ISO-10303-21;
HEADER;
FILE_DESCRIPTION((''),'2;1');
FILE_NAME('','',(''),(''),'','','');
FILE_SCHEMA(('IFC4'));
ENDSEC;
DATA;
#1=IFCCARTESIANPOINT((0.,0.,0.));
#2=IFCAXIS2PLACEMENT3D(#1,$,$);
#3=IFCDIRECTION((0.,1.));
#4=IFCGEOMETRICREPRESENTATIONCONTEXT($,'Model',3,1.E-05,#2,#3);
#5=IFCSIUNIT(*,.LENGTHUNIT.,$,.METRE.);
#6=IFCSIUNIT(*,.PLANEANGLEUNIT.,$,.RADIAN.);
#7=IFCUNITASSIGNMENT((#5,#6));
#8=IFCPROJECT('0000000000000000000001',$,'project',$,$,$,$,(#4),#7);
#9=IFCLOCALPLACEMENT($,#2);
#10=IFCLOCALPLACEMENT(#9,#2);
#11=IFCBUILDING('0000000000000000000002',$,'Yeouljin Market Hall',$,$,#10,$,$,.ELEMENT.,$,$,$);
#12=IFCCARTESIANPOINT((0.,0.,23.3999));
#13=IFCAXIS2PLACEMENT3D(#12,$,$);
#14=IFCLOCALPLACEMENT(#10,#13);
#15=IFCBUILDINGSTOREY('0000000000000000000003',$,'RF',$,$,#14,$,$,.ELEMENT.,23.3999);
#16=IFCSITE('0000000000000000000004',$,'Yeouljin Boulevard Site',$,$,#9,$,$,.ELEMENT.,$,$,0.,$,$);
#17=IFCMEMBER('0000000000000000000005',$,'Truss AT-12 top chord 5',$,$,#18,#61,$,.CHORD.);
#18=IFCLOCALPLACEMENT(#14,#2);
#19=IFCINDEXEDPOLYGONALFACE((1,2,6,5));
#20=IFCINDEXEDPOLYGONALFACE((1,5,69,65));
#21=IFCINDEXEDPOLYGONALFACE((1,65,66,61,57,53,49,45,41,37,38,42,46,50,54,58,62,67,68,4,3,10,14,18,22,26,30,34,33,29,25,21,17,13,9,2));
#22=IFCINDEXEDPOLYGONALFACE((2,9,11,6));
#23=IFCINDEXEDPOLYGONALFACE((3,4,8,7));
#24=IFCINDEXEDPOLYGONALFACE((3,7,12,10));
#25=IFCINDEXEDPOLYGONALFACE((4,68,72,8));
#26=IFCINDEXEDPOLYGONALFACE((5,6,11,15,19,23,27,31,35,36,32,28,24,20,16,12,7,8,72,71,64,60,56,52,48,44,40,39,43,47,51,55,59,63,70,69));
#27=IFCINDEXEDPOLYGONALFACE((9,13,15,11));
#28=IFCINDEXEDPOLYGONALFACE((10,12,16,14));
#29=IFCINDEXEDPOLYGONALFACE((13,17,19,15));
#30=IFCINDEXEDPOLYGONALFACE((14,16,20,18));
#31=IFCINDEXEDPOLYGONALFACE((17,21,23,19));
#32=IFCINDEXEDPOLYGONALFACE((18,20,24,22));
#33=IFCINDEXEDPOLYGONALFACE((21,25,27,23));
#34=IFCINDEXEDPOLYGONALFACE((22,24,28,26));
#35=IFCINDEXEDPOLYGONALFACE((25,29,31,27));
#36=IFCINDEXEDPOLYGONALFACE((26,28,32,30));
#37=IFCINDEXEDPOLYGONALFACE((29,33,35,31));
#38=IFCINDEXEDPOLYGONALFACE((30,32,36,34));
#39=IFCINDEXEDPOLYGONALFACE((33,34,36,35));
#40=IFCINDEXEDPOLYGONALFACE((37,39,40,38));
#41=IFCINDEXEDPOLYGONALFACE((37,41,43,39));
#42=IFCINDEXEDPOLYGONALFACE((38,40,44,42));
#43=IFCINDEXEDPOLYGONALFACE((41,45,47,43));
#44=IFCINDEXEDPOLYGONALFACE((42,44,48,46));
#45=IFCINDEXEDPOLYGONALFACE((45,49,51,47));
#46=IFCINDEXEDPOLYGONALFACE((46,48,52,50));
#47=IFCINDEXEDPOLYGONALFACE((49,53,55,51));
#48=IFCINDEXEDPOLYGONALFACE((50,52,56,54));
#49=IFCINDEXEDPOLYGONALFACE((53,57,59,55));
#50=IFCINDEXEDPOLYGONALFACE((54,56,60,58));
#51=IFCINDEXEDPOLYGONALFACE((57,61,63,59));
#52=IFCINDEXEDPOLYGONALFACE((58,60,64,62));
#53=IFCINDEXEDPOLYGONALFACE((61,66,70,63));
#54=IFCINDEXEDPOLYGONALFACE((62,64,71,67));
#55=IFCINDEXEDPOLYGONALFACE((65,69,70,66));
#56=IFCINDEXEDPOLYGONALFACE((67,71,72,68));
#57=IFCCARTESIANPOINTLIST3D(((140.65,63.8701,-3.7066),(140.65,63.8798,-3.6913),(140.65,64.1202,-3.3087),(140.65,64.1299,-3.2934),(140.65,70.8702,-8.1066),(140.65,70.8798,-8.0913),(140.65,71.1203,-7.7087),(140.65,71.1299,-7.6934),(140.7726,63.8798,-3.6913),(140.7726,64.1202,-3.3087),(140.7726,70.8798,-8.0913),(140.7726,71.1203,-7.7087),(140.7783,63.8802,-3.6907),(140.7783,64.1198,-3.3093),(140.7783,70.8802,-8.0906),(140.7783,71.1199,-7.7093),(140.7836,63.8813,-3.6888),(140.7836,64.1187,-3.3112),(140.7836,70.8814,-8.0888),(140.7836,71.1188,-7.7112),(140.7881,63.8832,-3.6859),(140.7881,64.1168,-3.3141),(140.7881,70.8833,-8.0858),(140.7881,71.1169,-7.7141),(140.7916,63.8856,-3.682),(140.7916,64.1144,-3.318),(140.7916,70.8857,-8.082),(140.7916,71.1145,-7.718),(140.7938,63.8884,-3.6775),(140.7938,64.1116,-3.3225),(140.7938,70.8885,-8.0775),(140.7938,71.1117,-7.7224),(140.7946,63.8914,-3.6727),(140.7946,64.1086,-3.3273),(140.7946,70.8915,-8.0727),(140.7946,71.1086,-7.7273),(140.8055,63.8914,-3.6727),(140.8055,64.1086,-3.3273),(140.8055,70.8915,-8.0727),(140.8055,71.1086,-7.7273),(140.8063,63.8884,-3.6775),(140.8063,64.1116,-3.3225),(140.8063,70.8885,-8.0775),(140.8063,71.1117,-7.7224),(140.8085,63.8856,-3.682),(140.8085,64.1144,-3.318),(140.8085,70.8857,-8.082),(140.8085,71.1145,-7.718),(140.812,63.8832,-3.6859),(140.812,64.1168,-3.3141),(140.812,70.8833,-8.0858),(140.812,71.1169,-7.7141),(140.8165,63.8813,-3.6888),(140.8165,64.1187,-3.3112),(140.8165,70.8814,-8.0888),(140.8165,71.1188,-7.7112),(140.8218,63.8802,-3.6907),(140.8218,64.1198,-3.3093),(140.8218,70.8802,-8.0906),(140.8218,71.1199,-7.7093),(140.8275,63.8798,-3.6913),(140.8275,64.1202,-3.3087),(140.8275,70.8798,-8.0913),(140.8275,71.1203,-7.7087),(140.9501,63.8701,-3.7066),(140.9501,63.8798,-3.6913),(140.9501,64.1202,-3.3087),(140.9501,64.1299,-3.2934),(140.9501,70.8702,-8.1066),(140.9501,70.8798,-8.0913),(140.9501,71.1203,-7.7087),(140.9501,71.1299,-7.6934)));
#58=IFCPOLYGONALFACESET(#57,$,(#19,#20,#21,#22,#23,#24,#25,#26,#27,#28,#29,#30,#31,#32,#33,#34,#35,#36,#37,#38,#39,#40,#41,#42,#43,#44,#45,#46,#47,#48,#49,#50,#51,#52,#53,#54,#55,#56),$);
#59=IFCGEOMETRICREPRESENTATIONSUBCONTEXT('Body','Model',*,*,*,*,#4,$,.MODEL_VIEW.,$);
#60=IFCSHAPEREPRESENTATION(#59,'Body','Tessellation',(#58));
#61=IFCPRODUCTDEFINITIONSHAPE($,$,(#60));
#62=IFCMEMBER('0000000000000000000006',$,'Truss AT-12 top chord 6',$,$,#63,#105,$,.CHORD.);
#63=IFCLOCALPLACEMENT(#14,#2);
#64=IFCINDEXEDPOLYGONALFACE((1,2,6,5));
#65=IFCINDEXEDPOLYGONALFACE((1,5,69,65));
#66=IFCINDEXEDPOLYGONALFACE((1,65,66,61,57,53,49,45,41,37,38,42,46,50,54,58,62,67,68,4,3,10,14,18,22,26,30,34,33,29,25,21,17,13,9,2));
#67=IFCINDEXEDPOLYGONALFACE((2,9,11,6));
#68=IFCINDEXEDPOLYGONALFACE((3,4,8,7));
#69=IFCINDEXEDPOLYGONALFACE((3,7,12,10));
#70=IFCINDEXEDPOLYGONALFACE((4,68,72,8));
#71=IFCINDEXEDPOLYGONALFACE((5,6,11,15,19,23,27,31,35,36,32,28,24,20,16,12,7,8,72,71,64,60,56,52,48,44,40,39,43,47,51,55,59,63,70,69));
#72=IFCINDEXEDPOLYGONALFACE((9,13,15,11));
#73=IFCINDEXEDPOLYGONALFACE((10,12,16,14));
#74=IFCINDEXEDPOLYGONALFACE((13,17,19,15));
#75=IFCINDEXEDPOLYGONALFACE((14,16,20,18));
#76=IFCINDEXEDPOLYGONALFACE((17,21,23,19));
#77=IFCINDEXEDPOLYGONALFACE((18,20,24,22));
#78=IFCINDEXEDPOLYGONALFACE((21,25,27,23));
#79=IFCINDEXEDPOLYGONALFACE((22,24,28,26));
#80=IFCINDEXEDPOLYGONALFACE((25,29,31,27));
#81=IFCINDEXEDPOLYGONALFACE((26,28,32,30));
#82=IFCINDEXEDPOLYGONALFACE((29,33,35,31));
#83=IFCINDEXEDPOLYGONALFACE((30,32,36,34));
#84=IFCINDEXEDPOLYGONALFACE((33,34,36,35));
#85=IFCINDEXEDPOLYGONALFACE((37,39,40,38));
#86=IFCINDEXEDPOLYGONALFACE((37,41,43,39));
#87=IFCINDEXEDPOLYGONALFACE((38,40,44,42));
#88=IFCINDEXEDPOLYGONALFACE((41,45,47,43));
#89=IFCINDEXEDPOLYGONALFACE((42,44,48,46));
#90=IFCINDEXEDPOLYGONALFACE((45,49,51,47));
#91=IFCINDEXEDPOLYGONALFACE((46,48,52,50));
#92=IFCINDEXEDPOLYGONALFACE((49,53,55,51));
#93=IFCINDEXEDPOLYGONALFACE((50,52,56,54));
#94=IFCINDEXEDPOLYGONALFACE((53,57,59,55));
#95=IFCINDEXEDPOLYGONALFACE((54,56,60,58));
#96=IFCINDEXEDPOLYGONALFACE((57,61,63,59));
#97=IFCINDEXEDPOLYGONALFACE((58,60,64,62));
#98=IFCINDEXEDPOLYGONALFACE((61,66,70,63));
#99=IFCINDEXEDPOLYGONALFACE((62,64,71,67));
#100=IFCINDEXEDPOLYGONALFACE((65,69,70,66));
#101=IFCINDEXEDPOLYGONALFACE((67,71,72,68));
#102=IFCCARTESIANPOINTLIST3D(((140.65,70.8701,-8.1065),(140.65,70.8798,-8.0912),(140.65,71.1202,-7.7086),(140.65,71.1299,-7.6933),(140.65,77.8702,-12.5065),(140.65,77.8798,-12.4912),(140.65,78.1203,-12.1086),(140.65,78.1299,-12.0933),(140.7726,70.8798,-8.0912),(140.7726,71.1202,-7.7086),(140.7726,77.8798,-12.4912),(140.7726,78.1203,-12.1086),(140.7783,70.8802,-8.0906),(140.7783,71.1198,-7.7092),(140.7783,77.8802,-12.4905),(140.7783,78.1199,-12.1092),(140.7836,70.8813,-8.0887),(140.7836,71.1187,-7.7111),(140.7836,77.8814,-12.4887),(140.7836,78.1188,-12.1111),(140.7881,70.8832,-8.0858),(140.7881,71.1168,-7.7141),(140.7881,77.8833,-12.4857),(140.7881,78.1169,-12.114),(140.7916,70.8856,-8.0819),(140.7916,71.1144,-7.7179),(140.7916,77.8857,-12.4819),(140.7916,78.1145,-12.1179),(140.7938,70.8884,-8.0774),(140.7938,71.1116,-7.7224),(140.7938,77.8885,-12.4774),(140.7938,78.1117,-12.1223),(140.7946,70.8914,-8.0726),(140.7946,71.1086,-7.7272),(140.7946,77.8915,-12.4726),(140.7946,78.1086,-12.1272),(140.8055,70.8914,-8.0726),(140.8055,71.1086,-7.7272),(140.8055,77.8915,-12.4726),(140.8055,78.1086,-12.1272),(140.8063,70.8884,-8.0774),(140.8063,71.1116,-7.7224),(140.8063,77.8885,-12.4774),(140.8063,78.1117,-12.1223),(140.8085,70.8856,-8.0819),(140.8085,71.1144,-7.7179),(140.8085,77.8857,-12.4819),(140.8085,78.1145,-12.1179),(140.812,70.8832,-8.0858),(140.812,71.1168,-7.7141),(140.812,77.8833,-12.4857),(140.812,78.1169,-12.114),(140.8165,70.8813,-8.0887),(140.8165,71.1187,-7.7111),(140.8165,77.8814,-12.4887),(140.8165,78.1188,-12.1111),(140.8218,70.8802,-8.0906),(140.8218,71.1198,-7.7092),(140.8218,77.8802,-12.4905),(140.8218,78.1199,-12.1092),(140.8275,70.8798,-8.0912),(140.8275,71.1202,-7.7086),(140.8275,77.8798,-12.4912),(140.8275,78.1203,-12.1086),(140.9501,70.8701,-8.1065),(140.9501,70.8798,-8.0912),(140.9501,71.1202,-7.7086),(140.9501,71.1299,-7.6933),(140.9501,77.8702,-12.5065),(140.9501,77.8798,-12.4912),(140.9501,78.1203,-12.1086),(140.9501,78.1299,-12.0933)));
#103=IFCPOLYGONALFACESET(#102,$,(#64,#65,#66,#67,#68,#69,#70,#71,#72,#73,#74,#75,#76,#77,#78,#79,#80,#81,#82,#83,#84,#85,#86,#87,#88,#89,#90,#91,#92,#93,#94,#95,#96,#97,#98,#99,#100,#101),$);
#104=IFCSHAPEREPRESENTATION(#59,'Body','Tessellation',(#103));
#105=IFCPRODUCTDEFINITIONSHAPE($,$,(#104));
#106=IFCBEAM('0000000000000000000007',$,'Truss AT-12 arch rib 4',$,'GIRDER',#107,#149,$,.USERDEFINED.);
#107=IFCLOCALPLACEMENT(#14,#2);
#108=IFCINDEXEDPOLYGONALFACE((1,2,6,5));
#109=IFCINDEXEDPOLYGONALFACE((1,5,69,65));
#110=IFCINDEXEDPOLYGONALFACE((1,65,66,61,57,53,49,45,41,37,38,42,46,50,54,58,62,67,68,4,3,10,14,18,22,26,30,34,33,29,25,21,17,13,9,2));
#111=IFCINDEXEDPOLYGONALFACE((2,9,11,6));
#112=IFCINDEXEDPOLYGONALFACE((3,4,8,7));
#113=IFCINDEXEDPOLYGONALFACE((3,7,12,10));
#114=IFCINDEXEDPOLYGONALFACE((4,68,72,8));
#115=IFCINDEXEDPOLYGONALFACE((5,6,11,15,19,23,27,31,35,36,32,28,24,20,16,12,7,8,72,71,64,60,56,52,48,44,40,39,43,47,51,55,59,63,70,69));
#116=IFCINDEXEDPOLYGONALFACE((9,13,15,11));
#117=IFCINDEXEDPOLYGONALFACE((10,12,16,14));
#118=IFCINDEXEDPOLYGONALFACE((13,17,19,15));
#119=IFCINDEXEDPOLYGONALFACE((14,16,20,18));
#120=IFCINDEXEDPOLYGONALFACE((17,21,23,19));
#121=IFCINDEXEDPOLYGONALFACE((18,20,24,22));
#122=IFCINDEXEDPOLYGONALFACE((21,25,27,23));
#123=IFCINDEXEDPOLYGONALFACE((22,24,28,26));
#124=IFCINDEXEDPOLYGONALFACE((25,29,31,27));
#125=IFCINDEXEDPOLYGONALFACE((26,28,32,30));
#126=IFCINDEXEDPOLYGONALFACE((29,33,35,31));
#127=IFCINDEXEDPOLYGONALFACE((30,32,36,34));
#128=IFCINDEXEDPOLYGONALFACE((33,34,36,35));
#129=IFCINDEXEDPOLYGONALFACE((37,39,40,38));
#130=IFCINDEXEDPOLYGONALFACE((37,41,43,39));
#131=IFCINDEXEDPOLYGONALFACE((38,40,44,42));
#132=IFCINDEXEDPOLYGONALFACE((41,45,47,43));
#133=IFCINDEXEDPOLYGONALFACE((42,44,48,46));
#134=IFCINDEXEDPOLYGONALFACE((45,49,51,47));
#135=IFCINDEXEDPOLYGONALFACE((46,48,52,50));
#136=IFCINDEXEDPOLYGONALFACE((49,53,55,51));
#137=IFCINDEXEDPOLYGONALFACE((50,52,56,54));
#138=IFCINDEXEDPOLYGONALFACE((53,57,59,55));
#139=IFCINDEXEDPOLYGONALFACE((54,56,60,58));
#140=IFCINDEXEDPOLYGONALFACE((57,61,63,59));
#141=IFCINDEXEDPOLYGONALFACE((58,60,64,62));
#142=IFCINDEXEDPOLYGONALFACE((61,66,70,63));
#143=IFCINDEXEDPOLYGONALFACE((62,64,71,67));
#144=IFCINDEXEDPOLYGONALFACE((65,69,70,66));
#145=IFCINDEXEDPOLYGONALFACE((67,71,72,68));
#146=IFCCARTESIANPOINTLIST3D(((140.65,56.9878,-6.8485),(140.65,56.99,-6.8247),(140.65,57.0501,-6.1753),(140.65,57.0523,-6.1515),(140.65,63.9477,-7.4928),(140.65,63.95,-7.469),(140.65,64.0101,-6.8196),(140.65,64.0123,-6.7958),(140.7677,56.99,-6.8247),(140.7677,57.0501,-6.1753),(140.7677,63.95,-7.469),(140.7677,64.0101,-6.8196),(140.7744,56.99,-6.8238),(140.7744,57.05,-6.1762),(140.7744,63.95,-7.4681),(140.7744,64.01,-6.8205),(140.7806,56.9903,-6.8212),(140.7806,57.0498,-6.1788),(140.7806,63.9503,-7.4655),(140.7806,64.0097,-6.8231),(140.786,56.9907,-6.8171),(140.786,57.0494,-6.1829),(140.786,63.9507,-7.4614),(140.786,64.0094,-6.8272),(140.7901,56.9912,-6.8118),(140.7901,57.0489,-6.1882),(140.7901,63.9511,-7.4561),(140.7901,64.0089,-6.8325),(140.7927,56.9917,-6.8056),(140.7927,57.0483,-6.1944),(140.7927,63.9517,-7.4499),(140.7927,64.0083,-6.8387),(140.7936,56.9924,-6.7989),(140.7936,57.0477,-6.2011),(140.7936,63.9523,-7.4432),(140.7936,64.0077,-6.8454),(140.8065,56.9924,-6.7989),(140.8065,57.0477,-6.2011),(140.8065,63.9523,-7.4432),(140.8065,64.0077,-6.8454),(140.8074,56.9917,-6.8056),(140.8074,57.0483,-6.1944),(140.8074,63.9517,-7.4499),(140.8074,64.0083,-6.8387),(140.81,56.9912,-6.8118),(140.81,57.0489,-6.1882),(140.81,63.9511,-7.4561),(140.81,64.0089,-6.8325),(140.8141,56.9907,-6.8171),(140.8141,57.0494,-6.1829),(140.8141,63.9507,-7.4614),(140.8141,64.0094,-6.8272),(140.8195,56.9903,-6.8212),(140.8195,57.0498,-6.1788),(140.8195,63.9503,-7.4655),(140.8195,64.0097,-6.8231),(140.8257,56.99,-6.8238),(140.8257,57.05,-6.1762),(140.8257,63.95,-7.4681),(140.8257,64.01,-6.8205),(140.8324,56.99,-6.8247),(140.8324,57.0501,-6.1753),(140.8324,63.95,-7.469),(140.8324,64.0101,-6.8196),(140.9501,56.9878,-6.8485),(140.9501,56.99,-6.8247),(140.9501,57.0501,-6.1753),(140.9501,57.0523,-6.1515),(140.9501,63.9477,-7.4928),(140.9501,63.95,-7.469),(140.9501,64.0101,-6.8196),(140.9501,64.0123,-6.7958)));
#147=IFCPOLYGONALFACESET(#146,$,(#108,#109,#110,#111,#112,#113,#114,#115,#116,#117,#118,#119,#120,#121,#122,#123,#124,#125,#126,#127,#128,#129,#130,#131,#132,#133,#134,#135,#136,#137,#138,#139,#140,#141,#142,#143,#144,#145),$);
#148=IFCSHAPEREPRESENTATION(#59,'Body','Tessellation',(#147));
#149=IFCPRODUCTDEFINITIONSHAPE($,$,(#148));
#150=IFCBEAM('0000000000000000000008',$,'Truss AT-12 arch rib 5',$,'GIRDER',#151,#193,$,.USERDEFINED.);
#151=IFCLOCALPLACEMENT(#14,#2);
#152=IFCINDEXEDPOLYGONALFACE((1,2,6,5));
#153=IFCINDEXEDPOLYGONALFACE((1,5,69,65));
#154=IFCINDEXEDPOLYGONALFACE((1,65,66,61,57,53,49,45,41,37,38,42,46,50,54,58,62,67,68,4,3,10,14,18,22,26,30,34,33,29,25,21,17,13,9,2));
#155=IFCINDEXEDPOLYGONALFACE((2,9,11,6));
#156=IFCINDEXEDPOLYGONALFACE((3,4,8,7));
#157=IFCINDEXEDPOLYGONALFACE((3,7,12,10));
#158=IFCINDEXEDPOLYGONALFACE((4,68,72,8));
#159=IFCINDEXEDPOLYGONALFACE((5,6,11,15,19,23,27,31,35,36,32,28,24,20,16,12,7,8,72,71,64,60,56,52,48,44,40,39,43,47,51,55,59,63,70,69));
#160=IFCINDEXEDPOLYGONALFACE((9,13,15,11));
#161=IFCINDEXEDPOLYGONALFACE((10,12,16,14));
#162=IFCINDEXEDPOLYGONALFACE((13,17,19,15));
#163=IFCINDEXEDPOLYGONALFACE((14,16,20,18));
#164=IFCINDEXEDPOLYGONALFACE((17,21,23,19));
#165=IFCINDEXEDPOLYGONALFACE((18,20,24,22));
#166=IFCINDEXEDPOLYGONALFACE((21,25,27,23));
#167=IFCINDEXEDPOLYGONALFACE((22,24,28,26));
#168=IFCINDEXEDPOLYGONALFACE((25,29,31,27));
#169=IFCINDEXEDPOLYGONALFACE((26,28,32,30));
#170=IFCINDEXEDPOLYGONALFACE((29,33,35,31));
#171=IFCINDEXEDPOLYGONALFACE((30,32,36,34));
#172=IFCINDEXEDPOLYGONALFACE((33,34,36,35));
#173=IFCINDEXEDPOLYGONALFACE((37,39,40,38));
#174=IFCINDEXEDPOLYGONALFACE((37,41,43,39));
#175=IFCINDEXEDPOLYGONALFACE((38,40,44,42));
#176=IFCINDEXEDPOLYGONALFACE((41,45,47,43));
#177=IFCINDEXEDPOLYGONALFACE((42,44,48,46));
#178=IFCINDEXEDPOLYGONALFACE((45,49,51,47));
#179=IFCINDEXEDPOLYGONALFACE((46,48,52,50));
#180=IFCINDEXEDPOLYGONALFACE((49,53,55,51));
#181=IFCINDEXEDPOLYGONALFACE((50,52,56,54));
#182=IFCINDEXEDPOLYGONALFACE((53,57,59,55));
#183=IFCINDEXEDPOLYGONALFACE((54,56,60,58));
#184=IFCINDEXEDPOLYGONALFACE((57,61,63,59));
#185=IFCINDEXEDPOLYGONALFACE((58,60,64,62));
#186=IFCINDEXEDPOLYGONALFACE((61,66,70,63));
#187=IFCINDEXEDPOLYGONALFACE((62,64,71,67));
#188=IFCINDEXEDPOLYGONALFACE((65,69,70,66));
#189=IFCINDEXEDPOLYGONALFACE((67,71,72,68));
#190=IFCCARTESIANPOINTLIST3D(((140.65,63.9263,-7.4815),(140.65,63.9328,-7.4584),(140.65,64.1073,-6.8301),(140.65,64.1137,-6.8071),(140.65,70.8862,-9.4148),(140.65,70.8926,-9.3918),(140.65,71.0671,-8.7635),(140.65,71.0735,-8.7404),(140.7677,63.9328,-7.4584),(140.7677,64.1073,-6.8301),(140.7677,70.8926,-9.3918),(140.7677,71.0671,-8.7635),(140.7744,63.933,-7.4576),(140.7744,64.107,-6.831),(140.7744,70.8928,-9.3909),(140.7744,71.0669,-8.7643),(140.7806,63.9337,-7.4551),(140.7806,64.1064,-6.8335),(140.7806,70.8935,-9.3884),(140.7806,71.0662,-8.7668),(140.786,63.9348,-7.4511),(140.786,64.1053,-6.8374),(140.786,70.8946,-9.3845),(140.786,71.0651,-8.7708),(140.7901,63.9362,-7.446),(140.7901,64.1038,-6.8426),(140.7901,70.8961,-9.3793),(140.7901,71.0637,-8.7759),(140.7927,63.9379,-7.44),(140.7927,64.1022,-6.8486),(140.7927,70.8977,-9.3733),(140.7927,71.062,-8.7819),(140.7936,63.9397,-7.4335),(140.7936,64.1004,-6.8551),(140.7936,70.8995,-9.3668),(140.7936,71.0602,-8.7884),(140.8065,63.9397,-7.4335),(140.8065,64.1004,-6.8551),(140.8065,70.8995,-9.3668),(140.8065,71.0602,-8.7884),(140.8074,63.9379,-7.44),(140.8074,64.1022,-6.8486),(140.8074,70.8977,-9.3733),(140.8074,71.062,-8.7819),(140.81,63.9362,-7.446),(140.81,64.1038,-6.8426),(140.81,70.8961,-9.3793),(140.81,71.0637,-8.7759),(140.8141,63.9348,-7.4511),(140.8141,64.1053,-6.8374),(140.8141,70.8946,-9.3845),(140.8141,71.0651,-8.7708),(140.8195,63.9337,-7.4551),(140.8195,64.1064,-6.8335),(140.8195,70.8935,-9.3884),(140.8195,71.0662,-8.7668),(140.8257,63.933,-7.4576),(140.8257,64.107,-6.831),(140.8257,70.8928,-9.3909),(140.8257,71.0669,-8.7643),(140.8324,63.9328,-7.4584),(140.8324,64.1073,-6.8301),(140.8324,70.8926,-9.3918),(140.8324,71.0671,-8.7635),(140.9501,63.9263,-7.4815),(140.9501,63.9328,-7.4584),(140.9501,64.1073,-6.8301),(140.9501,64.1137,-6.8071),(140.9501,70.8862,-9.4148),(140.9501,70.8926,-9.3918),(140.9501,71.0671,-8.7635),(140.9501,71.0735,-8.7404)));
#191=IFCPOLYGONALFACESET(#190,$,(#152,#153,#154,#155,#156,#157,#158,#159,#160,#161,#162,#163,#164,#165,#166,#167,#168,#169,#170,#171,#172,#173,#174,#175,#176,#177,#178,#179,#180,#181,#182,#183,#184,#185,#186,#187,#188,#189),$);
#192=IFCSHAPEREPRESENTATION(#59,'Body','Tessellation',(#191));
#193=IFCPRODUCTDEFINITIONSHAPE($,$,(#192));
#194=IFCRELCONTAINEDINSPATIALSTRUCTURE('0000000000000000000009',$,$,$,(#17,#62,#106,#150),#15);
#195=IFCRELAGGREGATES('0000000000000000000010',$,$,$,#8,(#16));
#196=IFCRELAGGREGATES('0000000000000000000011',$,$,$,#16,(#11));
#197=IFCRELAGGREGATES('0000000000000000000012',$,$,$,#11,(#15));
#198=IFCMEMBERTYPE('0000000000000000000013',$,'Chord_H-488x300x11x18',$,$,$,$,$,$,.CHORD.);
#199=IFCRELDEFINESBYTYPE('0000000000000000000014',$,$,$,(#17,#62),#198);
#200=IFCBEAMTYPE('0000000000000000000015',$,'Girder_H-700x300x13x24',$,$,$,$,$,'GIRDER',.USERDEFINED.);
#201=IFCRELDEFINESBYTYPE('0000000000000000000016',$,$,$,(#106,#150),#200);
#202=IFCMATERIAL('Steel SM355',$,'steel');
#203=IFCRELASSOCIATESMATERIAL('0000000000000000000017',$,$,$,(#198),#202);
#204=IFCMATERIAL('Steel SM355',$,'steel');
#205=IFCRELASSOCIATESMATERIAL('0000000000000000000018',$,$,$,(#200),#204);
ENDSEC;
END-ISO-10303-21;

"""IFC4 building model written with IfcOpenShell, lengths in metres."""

from ifc_helpers import new_model, si_unit, direction, frame, origin, origin_2d, place, context, subcontext, project, spatial, i_section, extrude, material, material_profile, profile_set, type_object, element, save


model = new_model("IFC4")

# Units and contexts
model_context = context("Model", 3, precision=1e-05, world=origin(), true_north=direction((0.0, 1.0)))
body_context = subcontext(model_context, "Body", "Model", "MODEL_VIEW")
ifc_project = project(units=[si_unit("LENGTHUNIT", "METRE"), si_unit("PLANEANGLEUNIT", "RADIAN")], contexts=[model_context])

# Site, building, storey
site_placement = place(None, origin())
site = spatial("IfcSite", under=ifc_project, at=site_placement, Name="Yeouljin Boulevard Site", CompositionType="ELEMENT", RefElevation=0.0)
building_placement = place(site_placement, origin())
building = spatial("IfcBuilding", under=site, at=building_placement, Name="Yeouljin Market Hall", CompositionType="ELEMENT")
storey_placement = place(building_placement, frame((0.0, 0.0, 23.3999)))
storey = spatial("IfcBuildingStorey", under=building, at=storey_placement, Name="RF", CompositionType="ELEMENT", Elevation=23.3999)

# Members
ifc_material_1 = material(Name="Steel SM355", Category="steel")
ifc_material_profile_1 = material_profile(ifc_material_1, i_section(OverallWidth=0.3, OverallDepth=0.488, WebThickness=0.011, FlangeThickness=0.0181, FilletRadius=0.022, at=origin_2d()), Name="H-488x300x11x18")
ifc_profile_set_1 = profile_set([ifc_material_profile_1], Name="Steel SM355")
member_type_1 = type_object("IfcMemberType", Name="Chord_H-488x300x11x18", PredefinedType="CHORD", material=ifc_profile_set_1)
for number, where, z_axis, x_axis, name in (
    (1, (140.8, 64.0, -3.5), (0.0, 0.846642, -0.532163), (-1.0, 0.0, 0.0), "Truss AT-12 top chord 5"),
    (2, (140.8, 71.0, -7.8999), (0.0, 0.846642, -0.532163), (-1.0, 0.0, 0.0), "Truss AT-12 top chord 6"),
):
    element("IfcMember", number, at=place(storey_placement, frame(where, z_axis=z_axis, x_axis=x_axis)), inside=storey, type_object=member_type_1, Name=name, PredefinedType="CHORD", context=body_context, shape_type="SweptSolid", body=[
        extrude(i_section(OverallWidth=0.3, OverallDepth=0.488, WebThickness=0.011, FlangeThickness=0.0181, FilletRadius=0.022, at=origin_2d()), origin(), (0.0, 0.0, 1.0), 8.2681),
    ])

# Beams
ifc_material_2 = material(Name="Steel SM355", Category="steel")
ifc_material_profile_2 = material_profile(ifc_material_2, i_section(OverallWidth=0.3, OverallDepth=0.7, WebThickness=0.0129, FlangeThickness=0.0239, FilletRadius=0.0259, at=origin_2d()), Name="H-700x300x13x24")
ifc_profile_set_2 = profile_set([ifc_material_profile_2], Name="Steel SM355")
beam_type = type_object("IfcBeamType", Name="Girder_H-700x300x13x24", ElementType="GIRDER", PredefinedType="USERDEFINED", material=ifc_profile_set_2)
beam_1_placement = place(storey_placement, frame((140.8, 57.02, -6.5), z_axis=(0.0, 0.995743, -0.092176), x_axis=(-1.0, 0.0, 0.0)))
element("IfcBeam", 3, at=beam_1_placement, inside=storey, type_object=beam_type, Name="Truss AT-12 arch rib 4", ObjectType="GIRDER", PredefinedType="USERDEFINED", context=body_context, shape_type="SweptSolid", body=[
    extrude(i_section(OverallWidth=0.3, OverallDepth=0.7, WebThickness=0.0129, FlangeThickness=0.0239, FilletRadius=0.0259, at=origin_2d()), origin(), (0.0, 0.0, 1.0), 6.9897),
])
beam_2_placement = place(storey_placement, frame((140.8, 64.02, -7.1443), z_axis=(0.0, 0.963517, -0.267647), x_axis=(-1.0, 0.0, 0.0)))
element("IfcBeam", 4, at=beam_2_placement, inside=storey, type_object=beam_type, Name="Truss AT-12 arch rib 5", ObjectType="GIRDER", PredefinedType="USERDEFINED", context=body_context, shape_type="SweptSolid", body=[
    extrude(i_section(OverallWidth=0.3, OverallDepth=0.7, WebThickness=0.0129, FlangeThickness=0.0239, FilletRadius=0.0259, at=origin_2d()), origin(), (0.0, 0.0, 1.0), 7.2234),
])

save(model, "model.ifc")
